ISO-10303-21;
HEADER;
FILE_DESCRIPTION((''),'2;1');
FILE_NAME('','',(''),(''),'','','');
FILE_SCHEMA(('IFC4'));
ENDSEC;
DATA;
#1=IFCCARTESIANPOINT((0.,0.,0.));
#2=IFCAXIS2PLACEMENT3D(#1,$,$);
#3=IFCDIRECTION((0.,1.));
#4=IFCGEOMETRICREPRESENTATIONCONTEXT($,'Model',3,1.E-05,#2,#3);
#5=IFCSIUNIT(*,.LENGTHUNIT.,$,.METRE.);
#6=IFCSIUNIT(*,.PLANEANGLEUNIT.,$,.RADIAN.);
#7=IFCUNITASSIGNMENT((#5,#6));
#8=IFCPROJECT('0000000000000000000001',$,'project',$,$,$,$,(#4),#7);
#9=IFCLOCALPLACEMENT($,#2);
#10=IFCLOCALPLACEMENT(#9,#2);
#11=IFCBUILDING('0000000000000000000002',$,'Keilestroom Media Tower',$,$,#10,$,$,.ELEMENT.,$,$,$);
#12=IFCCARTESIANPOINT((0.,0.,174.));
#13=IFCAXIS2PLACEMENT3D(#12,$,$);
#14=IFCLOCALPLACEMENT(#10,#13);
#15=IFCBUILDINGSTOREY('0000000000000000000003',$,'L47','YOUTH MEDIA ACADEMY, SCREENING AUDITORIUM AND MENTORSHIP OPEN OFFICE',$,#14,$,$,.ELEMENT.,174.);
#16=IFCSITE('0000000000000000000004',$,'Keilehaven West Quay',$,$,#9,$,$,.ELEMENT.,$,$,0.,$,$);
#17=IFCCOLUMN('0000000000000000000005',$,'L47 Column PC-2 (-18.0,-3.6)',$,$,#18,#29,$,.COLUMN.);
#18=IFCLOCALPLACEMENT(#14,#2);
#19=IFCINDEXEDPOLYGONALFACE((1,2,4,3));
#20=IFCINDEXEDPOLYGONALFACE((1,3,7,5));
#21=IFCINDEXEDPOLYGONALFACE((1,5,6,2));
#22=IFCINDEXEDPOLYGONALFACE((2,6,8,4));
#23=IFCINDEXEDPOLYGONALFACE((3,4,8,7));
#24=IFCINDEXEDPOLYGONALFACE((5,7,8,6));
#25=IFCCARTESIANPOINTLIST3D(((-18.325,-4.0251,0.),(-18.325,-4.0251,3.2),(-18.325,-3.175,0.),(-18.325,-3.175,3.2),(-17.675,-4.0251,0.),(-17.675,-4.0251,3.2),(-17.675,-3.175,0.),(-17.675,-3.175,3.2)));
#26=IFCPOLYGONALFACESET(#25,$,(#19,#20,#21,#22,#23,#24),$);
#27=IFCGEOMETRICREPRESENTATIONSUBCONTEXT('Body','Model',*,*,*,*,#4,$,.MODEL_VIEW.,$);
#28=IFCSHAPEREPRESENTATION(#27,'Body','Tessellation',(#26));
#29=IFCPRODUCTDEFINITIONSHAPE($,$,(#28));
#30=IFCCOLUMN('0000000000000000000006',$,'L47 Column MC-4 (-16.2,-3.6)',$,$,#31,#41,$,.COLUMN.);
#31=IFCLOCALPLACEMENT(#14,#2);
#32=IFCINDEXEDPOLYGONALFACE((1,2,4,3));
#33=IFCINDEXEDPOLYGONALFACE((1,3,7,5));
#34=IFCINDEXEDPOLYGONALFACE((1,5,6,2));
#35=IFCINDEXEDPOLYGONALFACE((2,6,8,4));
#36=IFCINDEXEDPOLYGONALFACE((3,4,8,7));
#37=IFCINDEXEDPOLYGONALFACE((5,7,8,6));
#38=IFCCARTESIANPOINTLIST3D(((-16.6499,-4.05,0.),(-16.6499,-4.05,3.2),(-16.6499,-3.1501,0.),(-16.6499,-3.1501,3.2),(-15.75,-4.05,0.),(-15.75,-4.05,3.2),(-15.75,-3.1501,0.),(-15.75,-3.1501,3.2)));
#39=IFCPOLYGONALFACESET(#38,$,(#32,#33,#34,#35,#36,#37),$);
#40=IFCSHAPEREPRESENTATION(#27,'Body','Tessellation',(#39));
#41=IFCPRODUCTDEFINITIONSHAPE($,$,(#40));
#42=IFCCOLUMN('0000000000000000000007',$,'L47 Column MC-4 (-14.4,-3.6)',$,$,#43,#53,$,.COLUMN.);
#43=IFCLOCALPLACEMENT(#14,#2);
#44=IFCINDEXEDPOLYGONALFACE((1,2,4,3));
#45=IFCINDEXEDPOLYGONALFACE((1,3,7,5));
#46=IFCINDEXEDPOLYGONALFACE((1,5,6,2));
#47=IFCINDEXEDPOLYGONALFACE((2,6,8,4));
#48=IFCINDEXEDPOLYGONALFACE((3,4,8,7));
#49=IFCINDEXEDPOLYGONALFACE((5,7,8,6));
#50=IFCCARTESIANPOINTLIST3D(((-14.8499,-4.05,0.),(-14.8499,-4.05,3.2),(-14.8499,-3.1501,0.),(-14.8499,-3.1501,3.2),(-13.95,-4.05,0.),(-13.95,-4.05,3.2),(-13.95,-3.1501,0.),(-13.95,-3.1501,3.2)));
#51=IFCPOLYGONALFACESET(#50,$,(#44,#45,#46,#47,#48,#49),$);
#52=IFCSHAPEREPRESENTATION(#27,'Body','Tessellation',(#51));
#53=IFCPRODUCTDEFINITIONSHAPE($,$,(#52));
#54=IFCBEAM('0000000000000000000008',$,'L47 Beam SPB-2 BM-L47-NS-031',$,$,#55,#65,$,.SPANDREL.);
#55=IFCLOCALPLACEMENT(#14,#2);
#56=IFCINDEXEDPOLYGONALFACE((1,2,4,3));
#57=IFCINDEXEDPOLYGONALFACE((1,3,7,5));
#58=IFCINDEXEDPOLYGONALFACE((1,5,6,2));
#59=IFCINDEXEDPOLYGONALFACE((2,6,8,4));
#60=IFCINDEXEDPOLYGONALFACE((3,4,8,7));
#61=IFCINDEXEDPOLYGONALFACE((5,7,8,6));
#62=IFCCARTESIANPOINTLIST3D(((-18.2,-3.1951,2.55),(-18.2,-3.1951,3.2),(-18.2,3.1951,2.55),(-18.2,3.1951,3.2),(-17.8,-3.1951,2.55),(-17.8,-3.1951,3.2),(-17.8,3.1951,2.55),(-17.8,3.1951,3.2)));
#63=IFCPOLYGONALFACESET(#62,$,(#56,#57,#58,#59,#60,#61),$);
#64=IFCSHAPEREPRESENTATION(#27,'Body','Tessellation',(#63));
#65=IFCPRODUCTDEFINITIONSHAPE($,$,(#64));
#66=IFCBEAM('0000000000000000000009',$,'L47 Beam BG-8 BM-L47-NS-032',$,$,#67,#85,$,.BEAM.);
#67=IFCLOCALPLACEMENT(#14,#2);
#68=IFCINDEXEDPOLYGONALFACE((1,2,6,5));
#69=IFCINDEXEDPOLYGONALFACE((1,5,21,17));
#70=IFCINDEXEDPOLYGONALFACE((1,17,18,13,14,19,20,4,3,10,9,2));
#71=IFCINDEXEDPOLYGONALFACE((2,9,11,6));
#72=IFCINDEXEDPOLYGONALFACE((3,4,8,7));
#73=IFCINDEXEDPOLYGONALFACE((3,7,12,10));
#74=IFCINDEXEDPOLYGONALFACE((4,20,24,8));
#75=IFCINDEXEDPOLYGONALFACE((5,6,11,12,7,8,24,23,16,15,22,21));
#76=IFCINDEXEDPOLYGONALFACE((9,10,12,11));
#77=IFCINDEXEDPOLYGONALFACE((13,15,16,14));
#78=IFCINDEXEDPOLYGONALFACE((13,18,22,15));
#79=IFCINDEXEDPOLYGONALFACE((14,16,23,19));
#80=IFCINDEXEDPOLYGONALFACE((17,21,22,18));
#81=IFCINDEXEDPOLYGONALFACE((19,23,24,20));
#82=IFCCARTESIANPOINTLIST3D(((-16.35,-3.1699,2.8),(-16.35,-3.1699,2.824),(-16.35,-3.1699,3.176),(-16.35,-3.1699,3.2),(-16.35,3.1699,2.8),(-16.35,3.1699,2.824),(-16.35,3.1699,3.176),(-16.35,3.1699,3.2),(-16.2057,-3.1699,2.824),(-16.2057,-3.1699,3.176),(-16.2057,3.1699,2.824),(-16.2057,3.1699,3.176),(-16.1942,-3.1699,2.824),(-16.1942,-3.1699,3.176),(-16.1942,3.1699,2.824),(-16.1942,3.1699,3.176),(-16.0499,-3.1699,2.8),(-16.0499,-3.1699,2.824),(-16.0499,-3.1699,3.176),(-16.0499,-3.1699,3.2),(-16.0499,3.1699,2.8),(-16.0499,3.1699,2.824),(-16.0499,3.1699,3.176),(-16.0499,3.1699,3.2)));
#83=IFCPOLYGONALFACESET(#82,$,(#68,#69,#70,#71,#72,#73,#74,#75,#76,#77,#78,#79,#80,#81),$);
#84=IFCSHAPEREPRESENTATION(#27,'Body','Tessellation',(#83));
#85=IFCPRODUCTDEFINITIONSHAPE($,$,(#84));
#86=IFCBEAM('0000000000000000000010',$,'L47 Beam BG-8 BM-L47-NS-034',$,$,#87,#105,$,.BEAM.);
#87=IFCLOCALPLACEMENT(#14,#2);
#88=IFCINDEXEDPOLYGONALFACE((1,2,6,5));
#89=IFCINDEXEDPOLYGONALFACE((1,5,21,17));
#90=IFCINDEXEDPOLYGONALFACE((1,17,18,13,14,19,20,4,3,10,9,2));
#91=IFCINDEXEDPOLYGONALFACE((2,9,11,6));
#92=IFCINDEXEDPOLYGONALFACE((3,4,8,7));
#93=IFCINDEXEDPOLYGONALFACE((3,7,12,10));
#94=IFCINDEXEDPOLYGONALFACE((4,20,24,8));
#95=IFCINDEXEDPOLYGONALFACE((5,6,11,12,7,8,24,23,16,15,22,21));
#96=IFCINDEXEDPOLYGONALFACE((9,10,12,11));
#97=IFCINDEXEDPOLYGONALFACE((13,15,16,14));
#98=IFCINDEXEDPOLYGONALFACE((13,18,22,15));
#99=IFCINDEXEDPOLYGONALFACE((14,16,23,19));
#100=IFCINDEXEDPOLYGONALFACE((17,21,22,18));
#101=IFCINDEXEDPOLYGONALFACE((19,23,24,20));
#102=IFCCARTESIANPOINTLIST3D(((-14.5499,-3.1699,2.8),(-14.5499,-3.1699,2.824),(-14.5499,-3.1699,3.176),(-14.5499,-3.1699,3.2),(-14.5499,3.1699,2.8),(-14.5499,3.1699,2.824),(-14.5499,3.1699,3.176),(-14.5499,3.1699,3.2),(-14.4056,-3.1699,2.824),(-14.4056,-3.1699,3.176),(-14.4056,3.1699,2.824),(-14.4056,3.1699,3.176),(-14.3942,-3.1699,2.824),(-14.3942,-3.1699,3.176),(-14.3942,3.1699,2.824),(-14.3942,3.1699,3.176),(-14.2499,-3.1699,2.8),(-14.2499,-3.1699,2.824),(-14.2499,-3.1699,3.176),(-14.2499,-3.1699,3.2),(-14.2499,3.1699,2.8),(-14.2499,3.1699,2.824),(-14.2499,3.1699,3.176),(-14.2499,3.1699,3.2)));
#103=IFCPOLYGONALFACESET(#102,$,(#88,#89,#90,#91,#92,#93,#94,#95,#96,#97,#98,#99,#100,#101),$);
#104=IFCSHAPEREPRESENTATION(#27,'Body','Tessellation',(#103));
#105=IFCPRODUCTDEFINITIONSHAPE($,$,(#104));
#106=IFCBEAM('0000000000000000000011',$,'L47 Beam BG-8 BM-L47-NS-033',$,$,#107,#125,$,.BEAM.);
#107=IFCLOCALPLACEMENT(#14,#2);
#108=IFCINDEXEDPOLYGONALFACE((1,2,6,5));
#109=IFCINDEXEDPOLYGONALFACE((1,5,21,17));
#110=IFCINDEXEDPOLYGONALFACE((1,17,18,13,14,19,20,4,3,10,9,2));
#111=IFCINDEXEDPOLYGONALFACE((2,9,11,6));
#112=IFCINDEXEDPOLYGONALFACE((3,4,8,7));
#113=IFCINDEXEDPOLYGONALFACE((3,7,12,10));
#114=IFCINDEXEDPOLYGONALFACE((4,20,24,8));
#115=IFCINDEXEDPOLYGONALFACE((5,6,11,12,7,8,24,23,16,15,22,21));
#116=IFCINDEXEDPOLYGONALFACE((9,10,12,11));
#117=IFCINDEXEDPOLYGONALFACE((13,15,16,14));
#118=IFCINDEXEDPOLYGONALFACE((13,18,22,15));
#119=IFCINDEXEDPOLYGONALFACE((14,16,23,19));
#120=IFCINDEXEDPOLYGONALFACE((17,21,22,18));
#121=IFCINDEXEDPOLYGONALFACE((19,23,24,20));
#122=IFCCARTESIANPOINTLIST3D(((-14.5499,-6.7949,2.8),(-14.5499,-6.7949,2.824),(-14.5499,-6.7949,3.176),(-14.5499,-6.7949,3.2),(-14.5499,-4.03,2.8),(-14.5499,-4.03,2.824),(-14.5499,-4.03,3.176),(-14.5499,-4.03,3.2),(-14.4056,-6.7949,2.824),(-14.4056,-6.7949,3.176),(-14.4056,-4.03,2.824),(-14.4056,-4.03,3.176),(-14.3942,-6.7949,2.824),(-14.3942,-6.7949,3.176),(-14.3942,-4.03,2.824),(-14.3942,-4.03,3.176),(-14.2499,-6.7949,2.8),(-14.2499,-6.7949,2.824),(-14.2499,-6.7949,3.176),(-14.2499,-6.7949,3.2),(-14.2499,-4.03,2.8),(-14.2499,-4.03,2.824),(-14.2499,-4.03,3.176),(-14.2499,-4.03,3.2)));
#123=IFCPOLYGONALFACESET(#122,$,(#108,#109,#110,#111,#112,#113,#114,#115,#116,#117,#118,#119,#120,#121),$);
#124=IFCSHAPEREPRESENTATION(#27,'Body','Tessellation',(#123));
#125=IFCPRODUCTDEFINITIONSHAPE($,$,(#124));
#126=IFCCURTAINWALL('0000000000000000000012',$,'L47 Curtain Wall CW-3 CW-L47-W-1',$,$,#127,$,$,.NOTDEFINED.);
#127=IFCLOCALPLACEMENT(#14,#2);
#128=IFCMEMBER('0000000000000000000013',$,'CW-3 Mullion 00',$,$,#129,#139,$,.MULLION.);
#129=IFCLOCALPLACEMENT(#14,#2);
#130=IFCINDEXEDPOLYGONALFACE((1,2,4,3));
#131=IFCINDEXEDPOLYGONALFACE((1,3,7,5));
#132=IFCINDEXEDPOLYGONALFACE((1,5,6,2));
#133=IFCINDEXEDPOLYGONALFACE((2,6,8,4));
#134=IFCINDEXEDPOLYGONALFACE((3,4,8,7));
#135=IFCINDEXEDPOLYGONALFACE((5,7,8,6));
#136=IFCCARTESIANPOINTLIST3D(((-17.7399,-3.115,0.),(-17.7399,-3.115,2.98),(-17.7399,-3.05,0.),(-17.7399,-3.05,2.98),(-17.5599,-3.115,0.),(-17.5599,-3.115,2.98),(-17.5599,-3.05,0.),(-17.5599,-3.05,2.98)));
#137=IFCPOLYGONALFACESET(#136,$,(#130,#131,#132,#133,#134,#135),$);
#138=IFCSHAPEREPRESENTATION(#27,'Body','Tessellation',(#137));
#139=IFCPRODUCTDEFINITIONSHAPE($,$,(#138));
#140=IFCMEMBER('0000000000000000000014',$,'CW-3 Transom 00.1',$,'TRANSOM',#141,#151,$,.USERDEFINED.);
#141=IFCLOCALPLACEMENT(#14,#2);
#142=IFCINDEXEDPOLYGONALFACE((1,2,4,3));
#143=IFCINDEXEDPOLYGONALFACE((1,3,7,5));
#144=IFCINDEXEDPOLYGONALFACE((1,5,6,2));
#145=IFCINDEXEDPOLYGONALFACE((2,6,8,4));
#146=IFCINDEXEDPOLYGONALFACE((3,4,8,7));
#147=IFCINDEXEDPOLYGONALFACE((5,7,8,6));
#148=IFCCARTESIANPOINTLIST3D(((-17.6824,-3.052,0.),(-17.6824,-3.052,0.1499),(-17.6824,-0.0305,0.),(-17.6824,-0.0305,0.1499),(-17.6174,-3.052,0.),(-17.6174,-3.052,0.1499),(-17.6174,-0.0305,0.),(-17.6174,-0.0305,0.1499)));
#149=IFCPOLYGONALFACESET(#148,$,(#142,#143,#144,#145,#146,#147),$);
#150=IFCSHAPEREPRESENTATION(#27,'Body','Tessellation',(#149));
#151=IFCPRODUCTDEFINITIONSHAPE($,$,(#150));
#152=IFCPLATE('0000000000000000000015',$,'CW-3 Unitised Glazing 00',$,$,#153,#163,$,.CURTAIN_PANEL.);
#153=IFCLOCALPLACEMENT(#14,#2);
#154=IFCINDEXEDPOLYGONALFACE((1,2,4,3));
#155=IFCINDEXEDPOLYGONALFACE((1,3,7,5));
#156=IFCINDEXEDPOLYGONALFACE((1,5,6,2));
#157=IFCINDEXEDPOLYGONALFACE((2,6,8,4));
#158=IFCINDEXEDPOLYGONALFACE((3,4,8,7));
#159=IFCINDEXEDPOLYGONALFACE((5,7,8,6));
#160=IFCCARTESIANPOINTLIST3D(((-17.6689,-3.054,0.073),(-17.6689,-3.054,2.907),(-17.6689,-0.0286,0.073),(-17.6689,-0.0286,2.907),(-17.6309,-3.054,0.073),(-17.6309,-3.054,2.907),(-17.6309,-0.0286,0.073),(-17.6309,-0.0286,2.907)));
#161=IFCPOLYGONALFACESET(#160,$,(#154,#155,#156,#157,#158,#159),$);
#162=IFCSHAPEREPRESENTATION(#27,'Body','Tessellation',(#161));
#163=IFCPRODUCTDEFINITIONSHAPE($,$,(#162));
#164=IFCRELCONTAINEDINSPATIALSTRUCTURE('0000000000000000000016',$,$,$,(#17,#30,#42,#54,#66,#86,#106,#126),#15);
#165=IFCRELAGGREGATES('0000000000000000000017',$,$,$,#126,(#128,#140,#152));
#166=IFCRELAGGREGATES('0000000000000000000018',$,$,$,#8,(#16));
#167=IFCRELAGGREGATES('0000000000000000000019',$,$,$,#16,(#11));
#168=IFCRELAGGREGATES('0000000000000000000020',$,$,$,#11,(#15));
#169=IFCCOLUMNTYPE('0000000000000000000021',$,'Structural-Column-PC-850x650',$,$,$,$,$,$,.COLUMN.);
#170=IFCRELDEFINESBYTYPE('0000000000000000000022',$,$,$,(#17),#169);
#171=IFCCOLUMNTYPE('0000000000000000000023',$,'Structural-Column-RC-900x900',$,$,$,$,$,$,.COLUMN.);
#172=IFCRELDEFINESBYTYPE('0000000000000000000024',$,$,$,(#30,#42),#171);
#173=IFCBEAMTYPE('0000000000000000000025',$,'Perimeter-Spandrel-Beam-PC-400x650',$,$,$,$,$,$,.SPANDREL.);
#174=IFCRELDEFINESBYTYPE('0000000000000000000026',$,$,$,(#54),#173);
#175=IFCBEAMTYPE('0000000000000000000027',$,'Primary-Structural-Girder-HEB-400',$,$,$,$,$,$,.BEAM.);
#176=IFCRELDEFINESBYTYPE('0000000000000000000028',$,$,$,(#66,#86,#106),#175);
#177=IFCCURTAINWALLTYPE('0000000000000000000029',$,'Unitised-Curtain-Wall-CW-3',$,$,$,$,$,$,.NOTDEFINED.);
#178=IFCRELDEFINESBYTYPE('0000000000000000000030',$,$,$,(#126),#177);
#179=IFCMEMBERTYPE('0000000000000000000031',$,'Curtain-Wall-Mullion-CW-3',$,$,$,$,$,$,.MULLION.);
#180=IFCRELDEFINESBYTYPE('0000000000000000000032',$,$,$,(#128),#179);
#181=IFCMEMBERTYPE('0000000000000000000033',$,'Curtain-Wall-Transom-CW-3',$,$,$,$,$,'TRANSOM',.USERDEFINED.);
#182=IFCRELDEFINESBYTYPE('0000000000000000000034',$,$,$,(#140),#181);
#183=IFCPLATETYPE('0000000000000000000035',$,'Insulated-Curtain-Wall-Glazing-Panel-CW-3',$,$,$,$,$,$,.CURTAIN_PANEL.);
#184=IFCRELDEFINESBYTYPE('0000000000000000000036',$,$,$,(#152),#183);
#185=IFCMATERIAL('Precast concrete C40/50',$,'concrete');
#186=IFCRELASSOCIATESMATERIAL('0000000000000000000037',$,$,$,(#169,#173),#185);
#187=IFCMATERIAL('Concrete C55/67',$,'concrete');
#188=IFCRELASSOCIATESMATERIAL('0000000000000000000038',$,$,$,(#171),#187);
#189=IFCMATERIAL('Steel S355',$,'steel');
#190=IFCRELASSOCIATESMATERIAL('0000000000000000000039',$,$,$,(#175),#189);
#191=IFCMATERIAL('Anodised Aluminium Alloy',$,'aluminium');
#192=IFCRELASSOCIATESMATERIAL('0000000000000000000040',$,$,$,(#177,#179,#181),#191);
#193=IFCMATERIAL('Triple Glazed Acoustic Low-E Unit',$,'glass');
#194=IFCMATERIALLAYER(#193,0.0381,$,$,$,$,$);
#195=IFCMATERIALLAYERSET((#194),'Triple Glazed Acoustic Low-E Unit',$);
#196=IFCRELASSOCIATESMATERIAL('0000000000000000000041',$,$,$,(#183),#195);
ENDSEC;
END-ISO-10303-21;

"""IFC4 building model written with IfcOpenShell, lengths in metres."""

from ifc_helpers import new_model, si_unit, direction, frame, origin, origin_2d, place, context, subcontext, project, spatial, rectangle, i_section, extrude, source, transform, mapped, material, layer, layer_set, material_profile, profile_set, type_object, element, aggregate, save


model = new_model("IFC4")

# Units and contexts
model_context = context("Model", 3, precision=1e-05, world=origin(), true_north=direction((0.0, 1.0)))
body_context = subcontext(model_context, "Body", "Model", "MODEL_VIEW")
ifc_project = project(units=[si_unit("LENGTHUNIT", "METRE"), si_unit("PLANEANGLEUNIT", "RADIAN")], contexts=[model_context])

# Site, building, storey
site_placement = place(None, origin())
site = spatial("IfcSite", under=ifc_project, at=site_placement, Name="Keilehaven West Quay", CompositionType="ELEMENT", RefElevation=0.0)
building_placement = place(site_placement, origin())
building = spatial("IfcBuilding", under=site, at=building_placement, Name="Keilestroom Media Tower", CompositionType="ELEMENT")
storey_placement = place(building_placement, frame((0.0, 0.0, 174.0)))
storey = spatial("IfcBuildingStorey", under=building, at=storey_placement, Name="L47", Description="YOUTH MEDIA ACADEMY, SCREENING AUDITORIUM AND MENTORSHIP OPEN OFFICE", CompositionType="ELEMENT", Elevation=174.0)

# Columns
ifc_material_1 = material(Name="Precast concrete C40/50", Category="concrete")
ifc_material_profile_1 = material_profile(ifc_material_1, rectangle(XDim=0.6499, YDim=0.8501, at=origin_2d()), Name="PC 850x650")
ifc_profile_set_1 = profile_set([ifc_material_profile_1], Name="Precast concrete C40/50")
column_type_1 = type_object("IfcColumnType", Name="Structural-Column-PC-850x650", PredefinedType="COLUMN", material=ifc_profile_set_1)
shared_shape_1 = source(origin(), body_context, "Body", "SweptSolid", [
    extrude(rectangle(XDim=0.6499, YDim=0.8501, at=origin_2d()), origin(), (0.0, 0.0, 1.0), 3.2),
])
column_placement = place(storey_placement, frame((-18.0, -3.6001, 0.0), z_axis=(0.0, 0.0, 1.0), x_axis=(1.0, 0.0, 0.0)))
element("IfcColumn", 1, at=column_placement, inside=storey, type_object=column_type_1, Name="L47 Column PC-2 (-18.0,-3.6)", PredefinedType="COLUMN", context=body_context, shape_type="MappedRepresentation", body=[
    mapped(shared_shape_1, transform((0.0, 0.0, 0.0), x_axis=(1.0, 0.0, 0.0), y_axis=(0.0, 1.0, 0.0), z_axis=(0.0, 0.0, 1.0), scale=1.0)),
])
ifc_material_2 = material(Name="Concrete C55/67", Category="concrete")
ifc_material_profile_2 = material_profile(ifc_material_2, rectangle(XDim=0.8999, YDim=0.8999, at=origin_2d()), Name="RC 900x900")
ifc_profile_set_2 = profile_set([ifc_material_profile_2], Name="Concrete C55/67")
column_type_2 = type_object("IfcColumnType", Name="Structural-Column-RC-900x900", PredefinedType="COLUMN", material=ifc_profile_set_2)
shared_shape_2 = source(origin(), body_context, "Body", "SweptSolid", [
    extrude(rectangle(XDim=0.8999, YDim=0.8999, at=origin_2d()), origin(), (0.0, 0.0, 1.0), 3.2),
])
for number, where, z_axis, x_axis, name in (
    (2, (-16.2, -3.6001, 0.0), (0.0, 0.0, 1.0), (1.0, 0.0, 0.0), "L47 Column MC-4 (-16.2,-3.6)"),
    (3, (-14.3999, -3.6001, 0.0), (0.0, 0.0, 1.0), (1.0, 0.0, 0.0), "L47 Column MC-4 (-14.4,-3.6)"),
):
    element("IfcColumn", number, at=place(storey_placement, frame(where, z_axis=z_axis, x_axis=x_axis)), inside=storey, type_object=column_type_2, Name=name, PredefinedType="COLUMN", context=body_context, shape_type="MappedRepresentation", body=[
        mapped(shared_shape_2, transform((0.0, 0.0, 0.0), x_axis=(1.0, 0.0, 0.0), y_axis=(0.0, 1.0, 0.0), z_axis=(0.0, 0.0, 1.0), scale=1.0)),
    ])

# Beams
ifc_material_profile_3 = material_profile(ifc_material_1, rectangle(XDim=0.3999, YDim=0.6499, at=origin_2d()), Name="PC 400x650")
ifc_profile_set_3 = profile_set([ifc_material_profile_3], Name="Precast concrete C40/50")
beam_type_1 = type_object("IfcBeamType", Name="Perimeter-Spandrel-Beam-PC-400x650", PredefinedType="SPANDREL", material=ifc_profile_set_3)
shared_shape_3 = source(origin(), body_context, "Body", "SweptSolid", [
    extrude(rectangle(XDim=0.3999, YDim=0.6499, at=origin_2d()), origin(), (0.0, 0.0, 1.0), 6.3901),
])
beam_1_placement = place(storey_placement, frame((-18.0, -3.1951, 2.875), z_axis=(0.0, 1.0, 0.0), x_axis=(-1.0, 0.0, 0.0)))
element("IfcBeam", 4, at=beam_1_placement, inside=storey, type_object=beam_type_1, Name="L47 Beam SPB-2 BM-L47-NS-031", PredefinedType="SPANDREL", context=body_context, shape_type="MappedRepresentation", body=[
    mapped(shared_shape_3, transform((0.0, 0.0, 0.0), x_axis=(1.0, 0.0, 0.0), y_axis=(0.0, 1.0, 0.0), z_axis=(0.0, 0.0, 1.0), scale=1.0)),
])
ifc_material_3 = material(Name="Steel S355", Category="steel")
ifc_material_profile_4 = material_profile(ifc_material_3, i_section(OverallWidth=0.3, OverallDepth=0.3999, WebThickness=0.0115, FlangeThickness=0.0239, at=origin_2d()), Name="HEB 400")
ifc_profile_set_4 = profile_set([ifc_material_profile_4], Name="Steel S355")
beam_type_2 = type_object("IfcBeamType", Name="Primary-Structural-Girder-HEB-400", PredefinedType="BEAM", material=ifc_profile_set_4)
shared_shape_4 = source(origin(), body_context, "Body", "SweptSolid", [
    extrude(i_section(OverallWidth=0.3, OverallDepth=0.3999, WebThickness=0.0115, FlangeThickness=0.0239, at=origin_2d()), origin(), (0.0, 0.0, 1.0), 6.3398),
])
for number, where, z_axis, x_axis, name in (
    (5, (-16.2, -3.1699, 3.0), (0.0, 1.0, 0.0), (-1.0, 0.0, 0.0), "L47 Beam BG-8 BM-L47-NS-032"),
    (6, (-14.3999, -3.1699, 3.0), (0.0, 1.0, 0.0), (-1.0, 0.0, 0.0), "L47 Beam BG-8 BM-L47-NS-034"),
):
    element("IfcBeam", number, at=place(storey_placement, frame(where, z_axis=z_axis, x_axis=x_axis)), inside=storey, type_object=beam_type_2, Name=name, PredefinedType="BEAM", context=body_context, shape_type="MappedRepresentation", body=[
        mapped(shared_shape_4, transform((0.0, 0.0, 0.0), x_axis=(1.0, 0.0, 0.0), y_axis=(0.0, 1.0, 0.0), z_axis=(0.0, 0.0, 1.0), scale=1.0)),
    ])
shared_shape_5 = source(origin(), body_context, "Body", "SweptSolid", [
    extrude(i_section(OverallWidth=0.3, OverallDepth=0.3999, WebThickness=0.0115, FlangeThickness=0.0239, at=origin_2d()), origin(), (0.0, 0.0, 1.0), 2.7649),
])
beam_2_placement = place(storey_placement, frame((-14.3999, -6.7949, 3.0), z_axis=(0.0, 1.0, 0.0), x_axis=(-1.0, 0.0, 0.0)))
element("IfcBeam", 7, at=beam_2_placement, inside=storey, type_object=beam_type_2, Name="L47 Beam BG-8 BM-L47-NS-033", PredefinedType="BEAM", context=body_context, shape_type="MappedRepresentation", body=[
    mapped(shared_shape_5, transform((0.0, 0.0, 0.0), x_axis=(1.0, 0.0, 0.0), y_axis=(0.0, 1.0, 0.0), z_axis=(0.0, 0.0, 1.0), scale=1.0)),
])

# Curtain wall, members, plate
ifc_material_4 = material(Name="Anodised Aluminium Alloy", Category="aluminium")
curtain_wall_type = type_object("IfcCurtainWallType", Name="Unitised-Curtain-Wall-CW-3", PredefinedType="NOTDEFINED", material=ifc_material_4)
curtain_wall_placement = place(storey_placement, origin())
curtain_wall = element("IfcCurtainWall", 8, at=curtain_wall_placement, inside=storey, type_object=curtain_wall_type, Name="L47 Curtain Wall CW-3 CW-L47-W-1", PredefinedType="NOTDEFINED")
ifc_material_profile_5 = material_profile(ifc_material_4, rectangle(XDim=0.0649, YDim=0.1799, at=origin_2d()), Name="ALU MULLION 65x180")
ifc_profile_set_5 = profile_set([ifc_material_profile_5], Name="Anodised Aluminium Alloy")
member_type_1 = type_object("IfcMemberType", Name="Curtain-Wall-Mullion-CW-3", PredefinedType="MULLION", material=ifc_profile_set_5)
shared_shape_6 = source(origin(), body_context, "Body", "SweptSolid", [
    extrude(rectangle(XDim=0.0649, YDim=0.1799, at=origin_2d()), origin(), (0.0, 0.0, 1.0), 2.98),
])
member_1_placement = place(storey_placement, frame((-17.6499, -3.0825, 0.0), z_axis=(0.0, 0.0, 1.0), x_axis=(0.0, 1.0, 0.0)))
member_1 = element("IfcMember", 9, at=member_1_placement, type_object=member_type_1, Name="CW-3 Mullion 00", PredefinedType="MULLION", context=body_context, shape_type="MappedRepresentation", body=[
    mapped(shared_shape_6, transform((0.0, 0.0, 0.0), x_axis=(1.0, 0.0, 0.0), y_axis=(0.0, 1.0, 0.0), z_axis=(0.0, 0.0, 1.0), scale=1.0)),
])
ifc_material_profile_6 = material_profile(ifc_material_4, rectangle(XDim=0.0649, YDim=0.1499, at=origin_2d()), Name="ALU TRANSOM 65x150")
ifc_profile_set_6 = profile_set([ifc_material_profile_6], Name="Anodised Aluminium Alloy")
member_type_2 = type_object("IfcMemberType", Name="Curtain-Wall-Transom-CW-3", ElementType="TRANSOM", PredefinedType="USERDEFINED", material=ifc_profile_set_6)
shared_shape_7 = source(origin(), body_context, "Body", "SweptSolid", [
    extrude(rectangle(XDim=0.0649, YDim=0.1499, at=origin_2d()), origin(), (0.0, 0.0, 1.0), 3.0215),
])
member_2_placement = place(storey_placement, frame((-17.6499, -3.052, 0.075), z_axis=(0.0, 1.0, 0.0), x_axis=(-1.0, 0.0, 0.0)))
member_2 = element("IfcMember", 10, at=member_2_placement, type_object=member_type_2, Name="CW-3 Transom 00.1", ObjectType="TRANSOM", PredefinedType="USERDEFINED", context=body_context, shape_type="MappedRepresentation", body=[
    mapped(shared_shape_7, transform((0.0, 0.0, 0.0), x_axis=(1.0, 0.0, 0.0), y_axis=(0.0, 1.0, 0.0), z_axis=(0.0, 0.0, 1.0), scale=1.0)),
])
ifc_material_5 = material(Name="Triple Glazed Acoustic Low-E Unit", Category="glass")
ifc_layer_1 = layer(ifc_material_5, 0.0381)
ifc_layer_set_1 = layer_set([ifc_layer_1], Name="Triple Glazed Acoustic Low-E Unit")
plate_type = type_object("IfcPlateType", Name="Insulated-Curtain-Wall-Glazing-Panel-CW-3", PredefinedType="CURTAIN_PANEL", material=ifc_layer_set_1)
shared_shape_8 = source(origin(), body_context, "Body", "SweptSolid", [
    extrude(rectangle(XDim=3.0254, YDim=0.0381, at=origin_2d()), origin(), (0.0, 0.0, 1.0), 2.834),
])
plate_placement = place(storey_placement, frame((-17.6499, -1.5413, 0.073), z_axis=(0.0, 0.0, 1.0), x_axis=(0.0, 1.0, 0.0)))
plate = element("IfcPlate", 11, at=plate_placement, type_object=plate_type, Name="CW-3 Unitised Glazing 00", PredefinedType="CURTAIN_PANEL", context=body_context, shape_type="MappedRepresentation", body=[
    mapped(shared_shape_8, transform((0.0, 0.0, 0.0), x_axis=(1.0, 0.0, 0.0), y_axis=(0.0, 1.0, 0.0), z_axis=(0.0, 0.0, 1.0), scale=1.0)),
])
aggregate(curtain_wall, [member_1, member_2, plate])

save(model, "model.ifc")
